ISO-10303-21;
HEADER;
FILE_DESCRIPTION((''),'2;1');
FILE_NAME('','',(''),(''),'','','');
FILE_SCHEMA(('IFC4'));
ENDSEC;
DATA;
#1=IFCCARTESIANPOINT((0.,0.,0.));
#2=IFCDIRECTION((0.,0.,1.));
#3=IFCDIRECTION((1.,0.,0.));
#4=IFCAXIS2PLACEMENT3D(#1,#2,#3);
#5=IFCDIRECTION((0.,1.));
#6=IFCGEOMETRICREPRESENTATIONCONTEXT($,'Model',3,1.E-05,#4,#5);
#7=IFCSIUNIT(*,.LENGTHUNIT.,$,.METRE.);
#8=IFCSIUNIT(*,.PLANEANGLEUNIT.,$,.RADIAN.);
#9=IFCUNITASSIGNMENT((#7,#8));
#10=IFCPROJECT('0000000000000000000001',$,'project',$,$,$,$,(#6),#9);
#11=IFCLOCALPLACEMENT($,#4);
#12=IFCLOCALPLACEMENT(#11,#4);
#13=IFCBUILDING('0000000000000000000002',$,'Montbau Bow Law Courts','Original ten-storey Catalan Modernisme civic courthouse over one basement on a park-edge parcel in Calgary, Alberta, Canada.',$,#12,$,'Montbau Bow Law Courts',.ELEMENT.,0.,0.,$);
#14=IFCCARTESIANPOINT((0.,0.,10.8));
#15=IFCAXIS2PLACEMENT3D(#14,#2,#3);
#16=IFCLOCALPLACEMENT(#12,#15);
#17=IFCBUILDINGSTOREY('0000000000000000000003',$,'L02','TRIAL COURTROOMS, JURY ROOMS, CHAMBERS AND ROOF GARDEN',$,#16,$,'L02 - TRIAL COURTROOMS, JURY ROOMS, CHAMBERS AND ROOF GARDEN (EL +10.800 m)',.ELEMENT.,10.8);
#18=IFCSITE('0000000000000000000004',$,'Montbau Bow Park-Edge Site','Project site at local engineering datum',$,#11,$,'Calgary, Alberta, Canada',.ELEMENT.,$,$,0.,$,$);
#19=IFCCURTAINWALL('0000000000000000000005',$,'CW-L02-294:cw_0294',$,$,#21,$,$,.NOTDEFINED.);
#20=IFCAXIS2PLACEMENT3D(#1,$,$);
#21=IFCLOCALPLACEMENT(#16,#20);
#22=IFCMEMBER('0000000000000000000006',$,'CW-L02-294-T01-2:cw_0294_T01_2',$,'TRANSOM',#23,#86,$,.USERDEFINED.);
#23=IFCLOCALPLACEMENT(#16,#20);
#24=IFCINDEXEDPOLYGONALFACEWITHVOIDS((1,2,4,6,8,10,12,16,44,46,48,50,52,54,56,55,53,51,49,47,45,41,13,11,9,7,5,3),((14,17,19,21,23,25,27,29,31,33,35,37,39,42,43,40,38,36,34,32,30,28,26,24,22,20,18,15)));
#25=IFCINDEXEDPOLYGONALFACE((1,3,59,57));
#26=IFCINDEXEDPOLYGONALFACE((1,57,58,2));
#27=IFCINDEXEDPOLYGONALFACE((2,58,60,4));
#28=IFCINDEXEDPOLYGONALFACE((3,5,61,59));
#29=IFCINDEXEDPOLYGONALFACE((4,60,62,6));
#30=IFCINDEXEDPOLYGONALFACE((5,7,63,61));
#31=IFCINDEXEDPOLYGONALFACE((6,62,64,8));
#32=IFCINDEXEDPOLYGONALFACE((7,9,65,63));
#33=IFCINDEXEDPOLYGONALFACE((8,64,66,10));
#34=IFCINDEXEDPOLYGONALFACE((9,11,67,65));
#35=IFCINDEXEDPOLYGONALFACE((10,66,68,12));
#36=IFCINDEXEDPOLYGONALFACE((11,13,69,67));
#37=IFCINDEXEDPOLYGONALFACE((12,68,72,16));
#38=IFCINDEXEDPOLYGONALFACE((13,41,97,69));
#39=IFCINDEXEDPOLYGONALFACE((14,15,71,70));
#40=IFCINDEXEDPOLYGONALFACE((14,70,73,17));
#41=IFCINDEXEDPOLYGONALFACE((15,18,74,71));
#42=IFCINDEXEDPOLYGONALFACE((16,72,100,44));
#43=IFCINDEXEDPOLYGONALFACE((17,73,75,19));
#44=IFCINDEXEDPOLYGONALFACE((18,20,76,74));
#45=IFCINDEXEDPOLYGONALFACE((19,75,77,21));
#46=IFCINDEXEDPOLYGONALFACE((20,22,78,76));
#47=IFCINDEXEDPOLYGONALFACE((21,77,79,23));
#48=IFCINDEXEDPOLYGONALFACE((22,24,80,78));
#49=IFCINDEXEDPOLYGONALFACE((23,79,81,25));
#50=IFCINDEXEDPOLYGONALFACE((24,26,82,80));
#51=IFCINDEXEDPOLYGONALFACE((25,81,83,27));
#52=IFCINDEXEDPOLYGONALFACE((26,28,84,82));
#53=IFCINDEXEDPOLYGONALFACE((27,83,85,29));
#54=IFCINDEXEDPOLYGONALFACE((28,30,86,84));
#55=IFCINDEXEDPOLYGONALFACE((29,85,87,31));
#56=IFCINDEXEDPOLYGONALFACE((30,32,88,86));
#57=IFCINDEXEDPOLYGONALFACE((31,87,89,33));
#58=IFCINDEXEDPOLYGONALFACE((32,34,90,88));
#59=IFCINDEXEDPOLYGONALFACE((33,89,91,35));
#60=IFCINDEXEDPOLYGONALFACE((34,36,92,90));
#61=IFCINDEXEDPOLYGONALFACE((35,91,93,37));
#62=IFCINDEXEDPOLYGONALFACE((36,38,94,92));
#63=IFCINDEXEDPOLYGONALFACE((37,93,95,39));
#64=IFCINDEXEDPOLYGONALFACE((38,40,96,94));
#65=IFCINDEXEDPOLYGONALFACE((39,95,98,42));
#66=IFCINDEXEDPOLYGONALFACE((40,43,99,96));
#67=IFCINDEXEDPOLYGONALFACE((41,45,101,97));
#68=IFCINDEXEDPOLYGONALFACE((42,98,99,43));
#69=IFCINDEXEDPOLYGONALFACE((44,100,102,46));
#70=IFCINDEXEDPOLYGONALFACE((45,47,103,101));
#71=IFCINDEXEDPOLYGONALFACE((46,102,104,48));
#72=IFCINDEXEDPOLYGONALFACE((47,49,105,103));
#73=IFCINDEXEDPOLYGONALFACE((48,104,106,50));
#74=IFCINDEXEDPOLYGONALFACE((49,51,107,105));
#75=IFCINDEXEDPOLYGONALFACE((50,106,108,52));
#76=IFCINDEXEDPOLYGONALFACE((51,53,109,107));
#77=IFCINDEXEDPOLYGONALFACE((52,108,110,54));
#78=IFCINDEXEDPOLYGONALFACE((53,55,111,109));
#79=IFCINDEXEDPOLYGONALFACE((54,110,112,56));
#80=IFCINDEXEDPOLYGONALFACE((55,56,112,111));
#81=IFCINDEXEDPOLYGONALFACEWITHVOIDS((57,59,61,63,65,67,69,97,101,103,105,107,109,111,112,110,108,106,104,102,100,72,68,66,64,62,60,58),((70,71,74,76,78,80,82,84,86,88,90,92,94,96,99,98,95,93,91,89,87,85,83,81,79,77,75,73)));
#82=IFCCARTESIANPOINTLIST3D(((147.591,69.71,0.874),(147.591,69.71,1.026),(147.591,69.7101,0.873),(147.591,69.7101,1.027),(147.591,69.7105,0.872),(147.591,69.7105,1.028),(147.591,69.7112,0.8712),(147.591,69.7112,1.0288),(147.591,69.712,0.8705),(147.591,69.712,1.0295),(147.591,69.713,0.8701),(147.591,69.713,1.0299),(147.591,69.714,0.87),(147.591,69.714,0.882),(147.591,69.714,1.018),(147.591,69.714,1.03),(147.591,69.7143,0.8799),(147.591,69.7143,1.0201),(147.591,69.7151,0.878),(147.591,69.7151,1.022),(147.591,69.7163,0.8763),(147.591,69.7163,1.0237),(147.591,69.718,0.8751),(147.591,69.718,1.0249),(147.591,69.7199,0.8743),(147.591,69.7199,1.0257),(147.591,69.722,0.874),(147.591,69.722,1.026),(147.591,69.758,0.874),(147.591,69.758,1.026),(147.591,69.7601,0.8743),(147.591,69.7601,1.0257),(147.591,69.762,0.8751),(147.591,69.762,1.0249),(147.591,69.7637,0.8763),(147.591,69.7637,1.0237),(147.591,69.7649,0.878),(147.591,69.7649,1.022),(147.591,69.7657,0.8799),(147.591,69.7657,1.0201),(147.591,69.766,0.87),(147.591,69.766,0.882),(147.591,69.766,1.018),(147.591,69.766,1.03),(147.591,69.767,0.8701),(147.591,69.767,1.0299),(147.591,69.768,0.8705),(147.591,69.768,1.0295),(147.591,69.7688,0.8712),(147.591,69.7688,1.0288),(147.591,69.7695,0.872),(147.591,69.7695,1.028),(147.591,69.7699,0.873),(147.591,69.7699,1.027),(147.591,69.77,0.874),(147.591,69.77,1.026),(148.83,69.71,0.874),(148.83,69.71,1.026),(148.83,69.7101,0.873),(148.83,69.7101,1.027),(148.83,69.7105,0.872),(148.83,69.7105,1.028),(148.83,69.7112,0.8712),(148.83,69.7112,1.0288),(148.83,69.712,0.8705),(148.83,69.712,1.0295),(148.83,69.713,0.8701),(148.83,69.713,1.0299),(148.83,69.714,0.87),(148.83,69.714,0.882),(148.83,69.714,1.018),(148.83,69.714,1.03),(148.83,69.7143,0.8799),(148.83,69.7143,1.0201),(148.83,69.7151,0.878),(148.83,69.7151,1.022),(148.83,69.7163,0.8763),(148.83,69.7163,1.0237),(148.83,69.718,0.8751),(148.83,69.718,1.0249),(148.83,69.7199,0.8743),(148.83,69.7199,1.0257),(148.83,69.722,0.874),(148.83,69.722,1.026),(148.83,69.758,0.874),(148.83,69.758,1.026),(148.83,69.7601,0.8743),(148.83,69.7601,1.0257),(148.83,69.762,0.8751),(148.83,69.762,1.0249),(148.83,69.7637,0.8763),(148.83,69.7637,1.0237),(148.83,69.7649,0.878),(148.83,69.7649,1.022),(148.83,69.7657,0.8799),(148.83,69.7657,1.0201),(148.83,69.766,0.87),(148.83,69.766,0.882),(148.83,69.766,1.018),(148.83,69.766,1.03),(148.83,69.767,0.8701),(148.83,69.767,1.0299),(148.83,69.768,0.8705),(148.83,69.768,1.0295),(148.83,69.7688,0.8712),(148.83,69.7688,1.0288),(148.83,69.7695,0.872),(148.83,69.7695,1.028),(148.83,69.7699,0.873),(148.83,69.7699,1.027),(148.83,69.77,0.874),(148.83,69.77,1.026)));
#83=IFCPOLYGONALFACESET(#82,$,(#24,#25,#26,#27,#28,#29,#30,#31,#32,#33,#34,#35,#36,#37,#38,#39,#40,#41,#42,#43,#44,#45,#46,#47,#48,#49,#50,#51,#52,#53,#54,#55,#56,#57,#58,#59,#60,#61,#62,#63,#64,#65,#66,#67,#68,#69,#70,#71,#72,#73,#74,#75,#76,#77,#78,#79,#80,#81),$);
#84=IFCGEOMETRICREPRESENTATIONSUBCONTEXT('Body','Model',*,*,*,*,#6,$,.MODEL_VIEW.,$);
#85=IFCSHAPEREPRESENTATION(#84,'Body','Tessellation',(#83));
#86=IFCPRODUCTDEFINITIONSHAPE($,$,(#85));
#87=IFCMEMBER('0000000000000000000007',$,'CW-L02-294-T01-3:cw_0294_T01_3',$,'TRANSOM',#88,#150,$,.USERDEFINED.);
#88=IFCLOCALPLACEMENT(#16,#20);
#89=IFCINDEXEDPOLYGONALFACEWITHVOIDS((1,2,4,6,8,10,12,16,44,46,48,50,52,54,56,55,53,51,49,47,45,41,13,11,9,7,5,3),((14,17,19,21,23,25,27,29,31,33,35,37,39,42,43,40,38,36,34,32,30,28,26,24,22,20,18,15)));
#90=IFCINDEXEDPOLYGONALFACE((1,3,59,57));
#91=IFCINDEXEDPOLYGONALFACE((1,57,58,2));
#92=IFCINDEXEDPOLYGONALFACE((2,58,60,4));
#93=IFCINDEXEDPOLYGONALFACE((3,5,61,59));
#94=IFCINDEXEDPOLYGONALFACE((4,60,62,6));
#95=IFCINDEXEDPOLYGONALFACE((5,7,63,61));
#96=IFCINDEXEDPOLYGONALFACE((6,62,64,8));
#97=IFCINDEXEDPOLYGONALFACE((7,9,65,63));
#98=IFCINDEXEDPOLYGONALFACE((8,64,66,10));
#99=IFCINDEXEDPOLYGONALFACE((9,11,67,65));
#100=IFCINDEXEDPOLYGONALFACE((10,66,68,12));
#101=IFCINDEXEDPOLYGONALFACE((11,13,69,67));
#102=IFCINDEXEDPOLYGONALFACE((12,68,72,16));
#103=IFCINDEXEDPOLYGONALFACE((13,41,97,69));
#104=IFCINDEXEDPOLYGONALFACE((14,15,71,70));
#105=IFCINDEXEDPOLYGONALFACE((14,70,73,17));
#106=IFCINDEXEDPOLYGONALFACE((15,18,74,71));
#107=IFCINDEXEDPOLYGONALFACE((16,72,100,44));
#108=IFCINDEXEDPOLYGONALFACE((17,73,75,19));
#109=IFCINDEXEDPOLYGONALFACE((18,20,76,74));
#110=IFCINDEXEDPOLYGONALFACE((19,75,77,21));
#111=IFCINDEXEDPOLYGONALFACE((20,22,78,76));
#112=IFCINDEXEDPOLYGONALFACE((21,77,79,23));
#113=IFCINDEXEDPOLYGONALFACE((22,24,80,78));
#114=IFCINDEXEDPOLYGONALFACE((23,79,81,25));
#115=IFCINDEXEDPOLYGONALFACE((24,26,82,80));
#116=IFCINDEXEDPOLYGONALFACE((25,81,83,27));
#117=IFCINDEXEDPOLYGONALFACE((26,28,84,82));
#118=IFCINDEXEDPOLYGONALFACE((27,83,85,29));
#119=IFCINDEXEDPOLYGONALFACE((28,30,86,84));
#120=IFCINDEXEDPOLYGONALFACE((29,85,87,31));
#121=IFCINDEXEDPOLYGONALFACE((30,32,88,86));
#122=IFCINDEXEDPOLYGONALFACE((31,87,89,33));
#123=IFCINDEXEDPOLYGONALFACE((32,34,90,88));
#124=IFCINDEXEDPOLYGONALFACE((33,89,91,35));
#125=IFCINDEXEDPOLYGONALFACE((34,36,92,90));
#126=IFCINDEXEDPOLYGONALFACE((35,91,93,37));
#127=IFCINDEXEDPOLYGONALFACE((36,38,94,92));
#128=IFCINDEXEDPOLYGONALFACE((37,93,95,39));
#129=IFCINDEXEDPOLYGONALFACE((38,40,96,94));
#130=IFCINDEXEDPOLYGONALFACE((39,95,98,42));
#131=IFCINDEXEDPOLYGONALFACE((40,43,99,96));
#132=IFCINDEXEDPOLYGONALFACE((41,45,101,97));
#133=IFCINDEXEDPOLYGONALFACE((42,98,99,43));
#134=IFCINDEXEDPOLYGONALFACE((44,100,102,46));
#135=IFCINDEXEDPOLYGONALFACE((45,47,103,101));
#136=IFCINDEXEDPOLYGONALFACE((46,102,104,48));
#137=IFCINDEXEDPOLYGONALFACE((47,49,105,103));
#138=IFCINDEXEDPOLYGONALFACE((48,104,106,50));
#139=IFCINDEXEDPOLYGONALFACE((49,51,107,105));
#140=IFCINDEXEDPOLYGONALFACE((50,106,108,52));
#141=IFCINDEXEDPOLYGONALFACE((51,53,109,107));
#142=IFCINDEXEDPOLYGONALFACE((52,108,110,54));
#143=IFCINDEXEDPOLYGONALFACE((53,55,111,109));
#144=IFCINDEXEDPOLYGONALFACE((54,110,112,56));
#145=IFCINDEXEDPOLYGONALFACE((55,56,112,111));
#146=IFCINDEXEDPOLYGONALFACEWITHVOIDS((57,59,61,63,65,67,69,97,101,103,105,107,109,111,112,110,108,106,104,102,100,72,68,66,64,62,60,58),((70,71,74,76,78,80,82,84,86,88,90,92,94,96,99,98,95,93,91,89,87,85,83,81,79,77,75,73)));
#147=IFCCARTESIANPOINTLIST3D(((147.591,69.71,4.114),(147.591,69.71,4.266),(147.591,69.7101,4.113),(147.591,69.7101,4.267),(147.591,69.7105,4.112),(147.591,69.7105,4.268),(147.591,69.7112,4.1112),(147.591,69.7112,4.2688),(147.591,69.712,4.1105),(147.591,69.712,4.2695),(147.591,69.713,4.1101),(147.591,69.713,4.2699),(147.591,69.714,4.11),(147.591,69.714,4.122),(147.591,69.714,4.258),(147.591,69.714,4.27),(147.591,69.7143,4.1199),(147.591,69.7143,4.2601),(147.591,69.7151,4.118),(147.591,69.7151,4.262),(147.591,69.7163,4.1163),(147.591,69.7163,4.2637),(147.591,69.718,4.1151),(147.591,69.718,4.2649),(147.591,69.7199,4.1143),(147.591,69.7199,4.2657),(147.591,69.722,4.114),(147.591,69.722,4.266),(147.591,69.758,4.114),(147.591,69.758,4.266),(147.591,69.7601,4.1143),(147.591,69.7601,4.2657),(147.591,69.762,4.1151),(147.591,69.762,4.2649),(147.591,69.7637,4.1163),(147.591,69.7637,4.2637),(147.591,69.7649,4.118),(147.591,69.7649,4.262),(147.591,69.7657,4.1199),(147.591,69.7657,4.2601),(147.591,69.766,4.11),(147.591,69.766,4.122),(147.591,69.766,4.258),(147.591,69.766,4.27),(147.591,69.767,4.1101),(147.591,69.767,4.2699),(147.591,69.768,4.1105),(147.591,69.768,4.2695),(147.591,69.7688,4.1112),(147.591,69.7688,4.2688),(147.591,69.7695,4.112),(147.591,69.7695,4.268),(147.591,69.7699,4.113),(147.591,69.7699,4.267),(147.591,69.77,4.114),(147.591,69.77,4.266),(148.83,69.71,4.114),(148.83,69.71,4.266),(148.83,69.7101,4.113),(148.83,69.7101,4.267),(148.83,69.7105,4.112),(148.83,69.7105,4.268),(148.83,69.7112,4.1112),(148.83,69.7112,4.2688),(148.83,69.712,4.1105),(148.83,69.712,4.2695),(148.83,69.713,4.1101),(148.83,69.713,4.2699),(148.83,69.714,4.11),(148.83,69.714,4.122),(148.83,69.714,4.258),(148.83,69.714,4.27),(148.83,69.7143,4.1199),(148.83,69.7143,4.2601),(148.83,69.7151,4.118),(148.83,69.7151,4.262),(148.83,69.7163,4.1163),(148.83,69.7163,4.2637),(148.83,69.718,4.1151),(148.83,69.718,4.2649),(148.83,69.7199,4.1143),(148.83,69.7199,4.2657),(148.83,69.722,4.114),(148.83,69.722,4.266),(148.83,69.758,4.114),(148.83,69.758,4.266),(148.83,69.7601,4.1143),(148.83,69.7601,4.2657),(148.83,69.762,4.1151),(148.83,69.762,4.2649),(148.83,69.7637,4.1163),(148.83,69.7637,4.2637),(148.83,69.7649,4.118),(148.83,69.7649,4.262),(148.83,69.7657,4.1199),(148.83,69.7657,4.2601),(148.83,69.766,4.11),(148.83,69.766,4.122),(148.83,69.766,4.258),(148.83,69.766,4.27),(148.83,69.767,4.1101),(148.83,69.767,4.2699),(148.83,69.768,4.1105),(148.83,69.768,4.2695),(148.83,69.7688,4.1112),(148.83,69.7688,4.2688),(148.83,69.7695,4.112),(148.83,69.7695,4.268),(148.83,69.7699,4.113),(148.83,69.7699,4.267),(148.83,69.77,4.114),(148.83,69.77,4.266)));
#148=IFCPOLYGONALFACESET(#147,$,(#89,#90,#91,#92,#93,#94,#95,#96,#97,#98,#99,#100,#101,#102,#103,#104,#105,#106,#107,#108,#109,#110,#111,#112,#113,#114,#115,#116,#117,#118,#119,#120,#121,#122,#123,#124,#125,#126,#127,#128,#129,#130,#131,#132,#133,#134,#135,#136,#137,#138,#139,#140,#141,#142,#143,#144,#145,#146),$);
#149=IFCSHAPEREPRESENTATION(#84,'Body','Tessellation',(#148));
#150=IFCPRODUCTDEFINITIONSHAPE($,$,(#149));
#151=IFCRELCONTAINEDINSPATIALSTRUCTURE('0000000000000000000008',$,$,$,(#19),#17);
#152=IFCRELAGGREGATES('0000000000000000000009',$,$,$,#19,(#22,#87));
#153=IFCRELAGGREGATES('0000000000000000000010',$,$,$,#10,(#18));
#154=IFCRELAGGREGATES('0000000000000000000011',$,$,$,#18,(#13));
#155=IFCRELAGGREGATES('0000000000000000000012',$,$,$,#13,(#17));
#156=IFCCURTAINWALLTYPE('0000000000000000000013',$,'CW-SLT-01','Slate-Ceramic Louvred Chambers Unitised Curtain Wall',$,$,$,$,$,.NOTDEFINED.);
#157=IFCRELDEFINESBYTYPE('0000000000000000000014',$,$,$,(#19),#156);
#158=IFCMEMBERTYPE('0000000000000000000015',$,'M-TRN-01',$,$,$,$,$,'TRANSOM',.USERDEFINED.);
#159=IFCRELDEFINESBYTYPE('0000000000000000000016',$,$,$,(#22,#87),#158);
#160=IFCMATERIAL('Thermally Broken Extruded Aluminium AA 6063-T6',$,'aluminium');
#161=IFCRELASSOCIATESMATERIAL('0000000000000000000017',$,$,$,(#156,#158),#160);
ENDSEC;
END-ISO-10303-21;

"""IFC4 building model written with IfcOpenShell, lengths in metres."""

from ifc_helpers import new_model, si_unit, direction, frame, origin_with_axes, origin_2d_with_axis, place, context, subcontext, project, spatial, hollow_rectangle, extrude, material, material_profile, profile_set, type_object, element, aggregate, save


model = new_model("IFC4")

# Units and contexts
model_context = context("Model", 3, precision=1e-05, world=origin_with_axes(), true_north=direction((0.0, 1.0)))
body_context = subcontext(model_context, "Body", "Model", "MODEL_VIEW")
ifc_project = project(units=[si_unit("LENGTHUNIT", "METRE"), si_unit("PLANEANGLEUNIT", "RADIAN")], contexts=[model_context])

# Site, building, storey
site_placement = place(None, origin_with_axes())
site = spatial("IfcSite", under=ifc_project, at=site_placement, Name="Montbau Bow Park-Edge Site", Description="Project site at local engineering datum", LongName="Calgary, Alberta, Canada", CompositionType="ELEMENT", RefElevation=0.0)
building_placement = place(site_placement, origin_with_axes())
building = spatial("IfcBuilding", under=site, at=building_placement, Name="Montbau Bow Law Courts", Description="Original ten-storey Catalan Modernisme civic courthouse over one basement on a park-edge parcel in Calgary, Alberta, Canada.", LongName="Montbau Bow Law Courts", CompositionType="ELEMENT", ElevationOfRefHeight=0.0, ElevationOfTerrain=0.0)
storey_placement = place(building_placement, frame((0.0, 0.0, 10.8), z_axis=(0.0, 0.0, 1.0), x_axis=(1.0, 0.0, 0.0)))
storey = spatial("IfcBuildingStorey", under=building, at=storey_placement, Name="L02", Description="TRIAL COURTROOMS, JURY ROOMS, CHAMBERS AND ROOF GARDEN", LongName="L02 - TRIAL COURTROOMS, JURY ROOMS, CHAMBERS AND ROOF GARDEN (EL +10.800 m)", CompositionType="ELEMENT", Elevation=10.8)

# Curtain wall
ifc_material_1 = material(Name="Thermally Broken Extruded Aluminium AA 6063-T6", Category="aluminium")
curtain_wall_type = type_object("IfcCurtainWallType", Name="CW-SLT-01", Description="Slate-Ceramic Louvred Chambers Unitised Curtain Wall", PredefinedType="NOTDEFINED", material=ifc_material_1)
curtain_wall_1_placement = place(None, frame((147.515, 69.74, 10.8), z_axis=(0.0, 0.0, 1.0), x_axis=(1.0, 0.0, 0.0)))
curtain_wall_1 = element("IfcCurtainWall", 1, at=curtain_wall_1_placement, inside=storey, type_object=curtain_wall_type, Name="CW-L02-294:cw_0294", PredefinedType="NOTDEFINED")

# Members
ifc_material_profile_1 = material_profile(ifc_material_1, hollow_rectangle(XDim=0.06, YDim=0.16, WallThickness=0.004, InnerFilletRadius=0.008, OuterFilletRadius=0.004, at=origin_2d_with_axis()), Name="CWT-160X60", Category="Main", Priority=0)
ifc_profile_set_1 = profile_set([ifc_material_profile_1], Name="Thermally Broken Extruded Aluminium AA 6063-T6")
member_type_1 = type_object("IfcMemberType", Name="M-TRN-01", ElementType="TRANSOM", PredefinedType="USERDEFINED", material=ifc_profile_set_1)
member_1_placement = place(None, frame((147.591, 69.74, 11.75), z_axis=(1.0, 0.0, 0.0), x_axis=(0.0, 1.0, 0.0)))
member_1 = element("IfcMember", 2, at=member_1_placement, type_object=member_type_1, Name="CW-L02-294-T01-2:cw_0294_T01_2", ObjectType="TRANSOM", PredefinedType="USERDEFINED", context=body_context, shape_type="SweptSolid", body=[
    extrude(hollow_rectangle(XDim=0.06, YDim=0.16, WallThickness=0.004, InnerFilletRadius=0.008, OuterFilletRadius=0.004, at=origin_2d_with_axis()), origin_with_axes(), (0.0, 0.0, 1.0), 1.239),
])
member_2_placement = place(None, frame((147.591, 69.74, 14.99), z_axis=(1.0, 0.0, 0.0), x_axis=(0.0, 1.0, 0.0)))
member_2 = element("IfcMember", 3, at=member_2_placement, type_object=member_type_1, Name="CW-L02-294-T01-3:cw_0294_T01_3", ObjectType="TRANSOM", PredefinedType="USERDEFINED", context=body_context, shape_type="SweptSolid", body=[
    extrude(hollow_rectangle(XDim=0.06, YDim=0.16, WallThickness=0.004, InnerFilletRadius=0.008, OuterFilletRadius=0.004, at=origin_2d_with_axis()), origin_with_axes(), (0.0, 0.0, 1.0), 1.239),
])

aggregate(curtain_wall_1, [member_1, member_2])

save(model, "model.ifc")
